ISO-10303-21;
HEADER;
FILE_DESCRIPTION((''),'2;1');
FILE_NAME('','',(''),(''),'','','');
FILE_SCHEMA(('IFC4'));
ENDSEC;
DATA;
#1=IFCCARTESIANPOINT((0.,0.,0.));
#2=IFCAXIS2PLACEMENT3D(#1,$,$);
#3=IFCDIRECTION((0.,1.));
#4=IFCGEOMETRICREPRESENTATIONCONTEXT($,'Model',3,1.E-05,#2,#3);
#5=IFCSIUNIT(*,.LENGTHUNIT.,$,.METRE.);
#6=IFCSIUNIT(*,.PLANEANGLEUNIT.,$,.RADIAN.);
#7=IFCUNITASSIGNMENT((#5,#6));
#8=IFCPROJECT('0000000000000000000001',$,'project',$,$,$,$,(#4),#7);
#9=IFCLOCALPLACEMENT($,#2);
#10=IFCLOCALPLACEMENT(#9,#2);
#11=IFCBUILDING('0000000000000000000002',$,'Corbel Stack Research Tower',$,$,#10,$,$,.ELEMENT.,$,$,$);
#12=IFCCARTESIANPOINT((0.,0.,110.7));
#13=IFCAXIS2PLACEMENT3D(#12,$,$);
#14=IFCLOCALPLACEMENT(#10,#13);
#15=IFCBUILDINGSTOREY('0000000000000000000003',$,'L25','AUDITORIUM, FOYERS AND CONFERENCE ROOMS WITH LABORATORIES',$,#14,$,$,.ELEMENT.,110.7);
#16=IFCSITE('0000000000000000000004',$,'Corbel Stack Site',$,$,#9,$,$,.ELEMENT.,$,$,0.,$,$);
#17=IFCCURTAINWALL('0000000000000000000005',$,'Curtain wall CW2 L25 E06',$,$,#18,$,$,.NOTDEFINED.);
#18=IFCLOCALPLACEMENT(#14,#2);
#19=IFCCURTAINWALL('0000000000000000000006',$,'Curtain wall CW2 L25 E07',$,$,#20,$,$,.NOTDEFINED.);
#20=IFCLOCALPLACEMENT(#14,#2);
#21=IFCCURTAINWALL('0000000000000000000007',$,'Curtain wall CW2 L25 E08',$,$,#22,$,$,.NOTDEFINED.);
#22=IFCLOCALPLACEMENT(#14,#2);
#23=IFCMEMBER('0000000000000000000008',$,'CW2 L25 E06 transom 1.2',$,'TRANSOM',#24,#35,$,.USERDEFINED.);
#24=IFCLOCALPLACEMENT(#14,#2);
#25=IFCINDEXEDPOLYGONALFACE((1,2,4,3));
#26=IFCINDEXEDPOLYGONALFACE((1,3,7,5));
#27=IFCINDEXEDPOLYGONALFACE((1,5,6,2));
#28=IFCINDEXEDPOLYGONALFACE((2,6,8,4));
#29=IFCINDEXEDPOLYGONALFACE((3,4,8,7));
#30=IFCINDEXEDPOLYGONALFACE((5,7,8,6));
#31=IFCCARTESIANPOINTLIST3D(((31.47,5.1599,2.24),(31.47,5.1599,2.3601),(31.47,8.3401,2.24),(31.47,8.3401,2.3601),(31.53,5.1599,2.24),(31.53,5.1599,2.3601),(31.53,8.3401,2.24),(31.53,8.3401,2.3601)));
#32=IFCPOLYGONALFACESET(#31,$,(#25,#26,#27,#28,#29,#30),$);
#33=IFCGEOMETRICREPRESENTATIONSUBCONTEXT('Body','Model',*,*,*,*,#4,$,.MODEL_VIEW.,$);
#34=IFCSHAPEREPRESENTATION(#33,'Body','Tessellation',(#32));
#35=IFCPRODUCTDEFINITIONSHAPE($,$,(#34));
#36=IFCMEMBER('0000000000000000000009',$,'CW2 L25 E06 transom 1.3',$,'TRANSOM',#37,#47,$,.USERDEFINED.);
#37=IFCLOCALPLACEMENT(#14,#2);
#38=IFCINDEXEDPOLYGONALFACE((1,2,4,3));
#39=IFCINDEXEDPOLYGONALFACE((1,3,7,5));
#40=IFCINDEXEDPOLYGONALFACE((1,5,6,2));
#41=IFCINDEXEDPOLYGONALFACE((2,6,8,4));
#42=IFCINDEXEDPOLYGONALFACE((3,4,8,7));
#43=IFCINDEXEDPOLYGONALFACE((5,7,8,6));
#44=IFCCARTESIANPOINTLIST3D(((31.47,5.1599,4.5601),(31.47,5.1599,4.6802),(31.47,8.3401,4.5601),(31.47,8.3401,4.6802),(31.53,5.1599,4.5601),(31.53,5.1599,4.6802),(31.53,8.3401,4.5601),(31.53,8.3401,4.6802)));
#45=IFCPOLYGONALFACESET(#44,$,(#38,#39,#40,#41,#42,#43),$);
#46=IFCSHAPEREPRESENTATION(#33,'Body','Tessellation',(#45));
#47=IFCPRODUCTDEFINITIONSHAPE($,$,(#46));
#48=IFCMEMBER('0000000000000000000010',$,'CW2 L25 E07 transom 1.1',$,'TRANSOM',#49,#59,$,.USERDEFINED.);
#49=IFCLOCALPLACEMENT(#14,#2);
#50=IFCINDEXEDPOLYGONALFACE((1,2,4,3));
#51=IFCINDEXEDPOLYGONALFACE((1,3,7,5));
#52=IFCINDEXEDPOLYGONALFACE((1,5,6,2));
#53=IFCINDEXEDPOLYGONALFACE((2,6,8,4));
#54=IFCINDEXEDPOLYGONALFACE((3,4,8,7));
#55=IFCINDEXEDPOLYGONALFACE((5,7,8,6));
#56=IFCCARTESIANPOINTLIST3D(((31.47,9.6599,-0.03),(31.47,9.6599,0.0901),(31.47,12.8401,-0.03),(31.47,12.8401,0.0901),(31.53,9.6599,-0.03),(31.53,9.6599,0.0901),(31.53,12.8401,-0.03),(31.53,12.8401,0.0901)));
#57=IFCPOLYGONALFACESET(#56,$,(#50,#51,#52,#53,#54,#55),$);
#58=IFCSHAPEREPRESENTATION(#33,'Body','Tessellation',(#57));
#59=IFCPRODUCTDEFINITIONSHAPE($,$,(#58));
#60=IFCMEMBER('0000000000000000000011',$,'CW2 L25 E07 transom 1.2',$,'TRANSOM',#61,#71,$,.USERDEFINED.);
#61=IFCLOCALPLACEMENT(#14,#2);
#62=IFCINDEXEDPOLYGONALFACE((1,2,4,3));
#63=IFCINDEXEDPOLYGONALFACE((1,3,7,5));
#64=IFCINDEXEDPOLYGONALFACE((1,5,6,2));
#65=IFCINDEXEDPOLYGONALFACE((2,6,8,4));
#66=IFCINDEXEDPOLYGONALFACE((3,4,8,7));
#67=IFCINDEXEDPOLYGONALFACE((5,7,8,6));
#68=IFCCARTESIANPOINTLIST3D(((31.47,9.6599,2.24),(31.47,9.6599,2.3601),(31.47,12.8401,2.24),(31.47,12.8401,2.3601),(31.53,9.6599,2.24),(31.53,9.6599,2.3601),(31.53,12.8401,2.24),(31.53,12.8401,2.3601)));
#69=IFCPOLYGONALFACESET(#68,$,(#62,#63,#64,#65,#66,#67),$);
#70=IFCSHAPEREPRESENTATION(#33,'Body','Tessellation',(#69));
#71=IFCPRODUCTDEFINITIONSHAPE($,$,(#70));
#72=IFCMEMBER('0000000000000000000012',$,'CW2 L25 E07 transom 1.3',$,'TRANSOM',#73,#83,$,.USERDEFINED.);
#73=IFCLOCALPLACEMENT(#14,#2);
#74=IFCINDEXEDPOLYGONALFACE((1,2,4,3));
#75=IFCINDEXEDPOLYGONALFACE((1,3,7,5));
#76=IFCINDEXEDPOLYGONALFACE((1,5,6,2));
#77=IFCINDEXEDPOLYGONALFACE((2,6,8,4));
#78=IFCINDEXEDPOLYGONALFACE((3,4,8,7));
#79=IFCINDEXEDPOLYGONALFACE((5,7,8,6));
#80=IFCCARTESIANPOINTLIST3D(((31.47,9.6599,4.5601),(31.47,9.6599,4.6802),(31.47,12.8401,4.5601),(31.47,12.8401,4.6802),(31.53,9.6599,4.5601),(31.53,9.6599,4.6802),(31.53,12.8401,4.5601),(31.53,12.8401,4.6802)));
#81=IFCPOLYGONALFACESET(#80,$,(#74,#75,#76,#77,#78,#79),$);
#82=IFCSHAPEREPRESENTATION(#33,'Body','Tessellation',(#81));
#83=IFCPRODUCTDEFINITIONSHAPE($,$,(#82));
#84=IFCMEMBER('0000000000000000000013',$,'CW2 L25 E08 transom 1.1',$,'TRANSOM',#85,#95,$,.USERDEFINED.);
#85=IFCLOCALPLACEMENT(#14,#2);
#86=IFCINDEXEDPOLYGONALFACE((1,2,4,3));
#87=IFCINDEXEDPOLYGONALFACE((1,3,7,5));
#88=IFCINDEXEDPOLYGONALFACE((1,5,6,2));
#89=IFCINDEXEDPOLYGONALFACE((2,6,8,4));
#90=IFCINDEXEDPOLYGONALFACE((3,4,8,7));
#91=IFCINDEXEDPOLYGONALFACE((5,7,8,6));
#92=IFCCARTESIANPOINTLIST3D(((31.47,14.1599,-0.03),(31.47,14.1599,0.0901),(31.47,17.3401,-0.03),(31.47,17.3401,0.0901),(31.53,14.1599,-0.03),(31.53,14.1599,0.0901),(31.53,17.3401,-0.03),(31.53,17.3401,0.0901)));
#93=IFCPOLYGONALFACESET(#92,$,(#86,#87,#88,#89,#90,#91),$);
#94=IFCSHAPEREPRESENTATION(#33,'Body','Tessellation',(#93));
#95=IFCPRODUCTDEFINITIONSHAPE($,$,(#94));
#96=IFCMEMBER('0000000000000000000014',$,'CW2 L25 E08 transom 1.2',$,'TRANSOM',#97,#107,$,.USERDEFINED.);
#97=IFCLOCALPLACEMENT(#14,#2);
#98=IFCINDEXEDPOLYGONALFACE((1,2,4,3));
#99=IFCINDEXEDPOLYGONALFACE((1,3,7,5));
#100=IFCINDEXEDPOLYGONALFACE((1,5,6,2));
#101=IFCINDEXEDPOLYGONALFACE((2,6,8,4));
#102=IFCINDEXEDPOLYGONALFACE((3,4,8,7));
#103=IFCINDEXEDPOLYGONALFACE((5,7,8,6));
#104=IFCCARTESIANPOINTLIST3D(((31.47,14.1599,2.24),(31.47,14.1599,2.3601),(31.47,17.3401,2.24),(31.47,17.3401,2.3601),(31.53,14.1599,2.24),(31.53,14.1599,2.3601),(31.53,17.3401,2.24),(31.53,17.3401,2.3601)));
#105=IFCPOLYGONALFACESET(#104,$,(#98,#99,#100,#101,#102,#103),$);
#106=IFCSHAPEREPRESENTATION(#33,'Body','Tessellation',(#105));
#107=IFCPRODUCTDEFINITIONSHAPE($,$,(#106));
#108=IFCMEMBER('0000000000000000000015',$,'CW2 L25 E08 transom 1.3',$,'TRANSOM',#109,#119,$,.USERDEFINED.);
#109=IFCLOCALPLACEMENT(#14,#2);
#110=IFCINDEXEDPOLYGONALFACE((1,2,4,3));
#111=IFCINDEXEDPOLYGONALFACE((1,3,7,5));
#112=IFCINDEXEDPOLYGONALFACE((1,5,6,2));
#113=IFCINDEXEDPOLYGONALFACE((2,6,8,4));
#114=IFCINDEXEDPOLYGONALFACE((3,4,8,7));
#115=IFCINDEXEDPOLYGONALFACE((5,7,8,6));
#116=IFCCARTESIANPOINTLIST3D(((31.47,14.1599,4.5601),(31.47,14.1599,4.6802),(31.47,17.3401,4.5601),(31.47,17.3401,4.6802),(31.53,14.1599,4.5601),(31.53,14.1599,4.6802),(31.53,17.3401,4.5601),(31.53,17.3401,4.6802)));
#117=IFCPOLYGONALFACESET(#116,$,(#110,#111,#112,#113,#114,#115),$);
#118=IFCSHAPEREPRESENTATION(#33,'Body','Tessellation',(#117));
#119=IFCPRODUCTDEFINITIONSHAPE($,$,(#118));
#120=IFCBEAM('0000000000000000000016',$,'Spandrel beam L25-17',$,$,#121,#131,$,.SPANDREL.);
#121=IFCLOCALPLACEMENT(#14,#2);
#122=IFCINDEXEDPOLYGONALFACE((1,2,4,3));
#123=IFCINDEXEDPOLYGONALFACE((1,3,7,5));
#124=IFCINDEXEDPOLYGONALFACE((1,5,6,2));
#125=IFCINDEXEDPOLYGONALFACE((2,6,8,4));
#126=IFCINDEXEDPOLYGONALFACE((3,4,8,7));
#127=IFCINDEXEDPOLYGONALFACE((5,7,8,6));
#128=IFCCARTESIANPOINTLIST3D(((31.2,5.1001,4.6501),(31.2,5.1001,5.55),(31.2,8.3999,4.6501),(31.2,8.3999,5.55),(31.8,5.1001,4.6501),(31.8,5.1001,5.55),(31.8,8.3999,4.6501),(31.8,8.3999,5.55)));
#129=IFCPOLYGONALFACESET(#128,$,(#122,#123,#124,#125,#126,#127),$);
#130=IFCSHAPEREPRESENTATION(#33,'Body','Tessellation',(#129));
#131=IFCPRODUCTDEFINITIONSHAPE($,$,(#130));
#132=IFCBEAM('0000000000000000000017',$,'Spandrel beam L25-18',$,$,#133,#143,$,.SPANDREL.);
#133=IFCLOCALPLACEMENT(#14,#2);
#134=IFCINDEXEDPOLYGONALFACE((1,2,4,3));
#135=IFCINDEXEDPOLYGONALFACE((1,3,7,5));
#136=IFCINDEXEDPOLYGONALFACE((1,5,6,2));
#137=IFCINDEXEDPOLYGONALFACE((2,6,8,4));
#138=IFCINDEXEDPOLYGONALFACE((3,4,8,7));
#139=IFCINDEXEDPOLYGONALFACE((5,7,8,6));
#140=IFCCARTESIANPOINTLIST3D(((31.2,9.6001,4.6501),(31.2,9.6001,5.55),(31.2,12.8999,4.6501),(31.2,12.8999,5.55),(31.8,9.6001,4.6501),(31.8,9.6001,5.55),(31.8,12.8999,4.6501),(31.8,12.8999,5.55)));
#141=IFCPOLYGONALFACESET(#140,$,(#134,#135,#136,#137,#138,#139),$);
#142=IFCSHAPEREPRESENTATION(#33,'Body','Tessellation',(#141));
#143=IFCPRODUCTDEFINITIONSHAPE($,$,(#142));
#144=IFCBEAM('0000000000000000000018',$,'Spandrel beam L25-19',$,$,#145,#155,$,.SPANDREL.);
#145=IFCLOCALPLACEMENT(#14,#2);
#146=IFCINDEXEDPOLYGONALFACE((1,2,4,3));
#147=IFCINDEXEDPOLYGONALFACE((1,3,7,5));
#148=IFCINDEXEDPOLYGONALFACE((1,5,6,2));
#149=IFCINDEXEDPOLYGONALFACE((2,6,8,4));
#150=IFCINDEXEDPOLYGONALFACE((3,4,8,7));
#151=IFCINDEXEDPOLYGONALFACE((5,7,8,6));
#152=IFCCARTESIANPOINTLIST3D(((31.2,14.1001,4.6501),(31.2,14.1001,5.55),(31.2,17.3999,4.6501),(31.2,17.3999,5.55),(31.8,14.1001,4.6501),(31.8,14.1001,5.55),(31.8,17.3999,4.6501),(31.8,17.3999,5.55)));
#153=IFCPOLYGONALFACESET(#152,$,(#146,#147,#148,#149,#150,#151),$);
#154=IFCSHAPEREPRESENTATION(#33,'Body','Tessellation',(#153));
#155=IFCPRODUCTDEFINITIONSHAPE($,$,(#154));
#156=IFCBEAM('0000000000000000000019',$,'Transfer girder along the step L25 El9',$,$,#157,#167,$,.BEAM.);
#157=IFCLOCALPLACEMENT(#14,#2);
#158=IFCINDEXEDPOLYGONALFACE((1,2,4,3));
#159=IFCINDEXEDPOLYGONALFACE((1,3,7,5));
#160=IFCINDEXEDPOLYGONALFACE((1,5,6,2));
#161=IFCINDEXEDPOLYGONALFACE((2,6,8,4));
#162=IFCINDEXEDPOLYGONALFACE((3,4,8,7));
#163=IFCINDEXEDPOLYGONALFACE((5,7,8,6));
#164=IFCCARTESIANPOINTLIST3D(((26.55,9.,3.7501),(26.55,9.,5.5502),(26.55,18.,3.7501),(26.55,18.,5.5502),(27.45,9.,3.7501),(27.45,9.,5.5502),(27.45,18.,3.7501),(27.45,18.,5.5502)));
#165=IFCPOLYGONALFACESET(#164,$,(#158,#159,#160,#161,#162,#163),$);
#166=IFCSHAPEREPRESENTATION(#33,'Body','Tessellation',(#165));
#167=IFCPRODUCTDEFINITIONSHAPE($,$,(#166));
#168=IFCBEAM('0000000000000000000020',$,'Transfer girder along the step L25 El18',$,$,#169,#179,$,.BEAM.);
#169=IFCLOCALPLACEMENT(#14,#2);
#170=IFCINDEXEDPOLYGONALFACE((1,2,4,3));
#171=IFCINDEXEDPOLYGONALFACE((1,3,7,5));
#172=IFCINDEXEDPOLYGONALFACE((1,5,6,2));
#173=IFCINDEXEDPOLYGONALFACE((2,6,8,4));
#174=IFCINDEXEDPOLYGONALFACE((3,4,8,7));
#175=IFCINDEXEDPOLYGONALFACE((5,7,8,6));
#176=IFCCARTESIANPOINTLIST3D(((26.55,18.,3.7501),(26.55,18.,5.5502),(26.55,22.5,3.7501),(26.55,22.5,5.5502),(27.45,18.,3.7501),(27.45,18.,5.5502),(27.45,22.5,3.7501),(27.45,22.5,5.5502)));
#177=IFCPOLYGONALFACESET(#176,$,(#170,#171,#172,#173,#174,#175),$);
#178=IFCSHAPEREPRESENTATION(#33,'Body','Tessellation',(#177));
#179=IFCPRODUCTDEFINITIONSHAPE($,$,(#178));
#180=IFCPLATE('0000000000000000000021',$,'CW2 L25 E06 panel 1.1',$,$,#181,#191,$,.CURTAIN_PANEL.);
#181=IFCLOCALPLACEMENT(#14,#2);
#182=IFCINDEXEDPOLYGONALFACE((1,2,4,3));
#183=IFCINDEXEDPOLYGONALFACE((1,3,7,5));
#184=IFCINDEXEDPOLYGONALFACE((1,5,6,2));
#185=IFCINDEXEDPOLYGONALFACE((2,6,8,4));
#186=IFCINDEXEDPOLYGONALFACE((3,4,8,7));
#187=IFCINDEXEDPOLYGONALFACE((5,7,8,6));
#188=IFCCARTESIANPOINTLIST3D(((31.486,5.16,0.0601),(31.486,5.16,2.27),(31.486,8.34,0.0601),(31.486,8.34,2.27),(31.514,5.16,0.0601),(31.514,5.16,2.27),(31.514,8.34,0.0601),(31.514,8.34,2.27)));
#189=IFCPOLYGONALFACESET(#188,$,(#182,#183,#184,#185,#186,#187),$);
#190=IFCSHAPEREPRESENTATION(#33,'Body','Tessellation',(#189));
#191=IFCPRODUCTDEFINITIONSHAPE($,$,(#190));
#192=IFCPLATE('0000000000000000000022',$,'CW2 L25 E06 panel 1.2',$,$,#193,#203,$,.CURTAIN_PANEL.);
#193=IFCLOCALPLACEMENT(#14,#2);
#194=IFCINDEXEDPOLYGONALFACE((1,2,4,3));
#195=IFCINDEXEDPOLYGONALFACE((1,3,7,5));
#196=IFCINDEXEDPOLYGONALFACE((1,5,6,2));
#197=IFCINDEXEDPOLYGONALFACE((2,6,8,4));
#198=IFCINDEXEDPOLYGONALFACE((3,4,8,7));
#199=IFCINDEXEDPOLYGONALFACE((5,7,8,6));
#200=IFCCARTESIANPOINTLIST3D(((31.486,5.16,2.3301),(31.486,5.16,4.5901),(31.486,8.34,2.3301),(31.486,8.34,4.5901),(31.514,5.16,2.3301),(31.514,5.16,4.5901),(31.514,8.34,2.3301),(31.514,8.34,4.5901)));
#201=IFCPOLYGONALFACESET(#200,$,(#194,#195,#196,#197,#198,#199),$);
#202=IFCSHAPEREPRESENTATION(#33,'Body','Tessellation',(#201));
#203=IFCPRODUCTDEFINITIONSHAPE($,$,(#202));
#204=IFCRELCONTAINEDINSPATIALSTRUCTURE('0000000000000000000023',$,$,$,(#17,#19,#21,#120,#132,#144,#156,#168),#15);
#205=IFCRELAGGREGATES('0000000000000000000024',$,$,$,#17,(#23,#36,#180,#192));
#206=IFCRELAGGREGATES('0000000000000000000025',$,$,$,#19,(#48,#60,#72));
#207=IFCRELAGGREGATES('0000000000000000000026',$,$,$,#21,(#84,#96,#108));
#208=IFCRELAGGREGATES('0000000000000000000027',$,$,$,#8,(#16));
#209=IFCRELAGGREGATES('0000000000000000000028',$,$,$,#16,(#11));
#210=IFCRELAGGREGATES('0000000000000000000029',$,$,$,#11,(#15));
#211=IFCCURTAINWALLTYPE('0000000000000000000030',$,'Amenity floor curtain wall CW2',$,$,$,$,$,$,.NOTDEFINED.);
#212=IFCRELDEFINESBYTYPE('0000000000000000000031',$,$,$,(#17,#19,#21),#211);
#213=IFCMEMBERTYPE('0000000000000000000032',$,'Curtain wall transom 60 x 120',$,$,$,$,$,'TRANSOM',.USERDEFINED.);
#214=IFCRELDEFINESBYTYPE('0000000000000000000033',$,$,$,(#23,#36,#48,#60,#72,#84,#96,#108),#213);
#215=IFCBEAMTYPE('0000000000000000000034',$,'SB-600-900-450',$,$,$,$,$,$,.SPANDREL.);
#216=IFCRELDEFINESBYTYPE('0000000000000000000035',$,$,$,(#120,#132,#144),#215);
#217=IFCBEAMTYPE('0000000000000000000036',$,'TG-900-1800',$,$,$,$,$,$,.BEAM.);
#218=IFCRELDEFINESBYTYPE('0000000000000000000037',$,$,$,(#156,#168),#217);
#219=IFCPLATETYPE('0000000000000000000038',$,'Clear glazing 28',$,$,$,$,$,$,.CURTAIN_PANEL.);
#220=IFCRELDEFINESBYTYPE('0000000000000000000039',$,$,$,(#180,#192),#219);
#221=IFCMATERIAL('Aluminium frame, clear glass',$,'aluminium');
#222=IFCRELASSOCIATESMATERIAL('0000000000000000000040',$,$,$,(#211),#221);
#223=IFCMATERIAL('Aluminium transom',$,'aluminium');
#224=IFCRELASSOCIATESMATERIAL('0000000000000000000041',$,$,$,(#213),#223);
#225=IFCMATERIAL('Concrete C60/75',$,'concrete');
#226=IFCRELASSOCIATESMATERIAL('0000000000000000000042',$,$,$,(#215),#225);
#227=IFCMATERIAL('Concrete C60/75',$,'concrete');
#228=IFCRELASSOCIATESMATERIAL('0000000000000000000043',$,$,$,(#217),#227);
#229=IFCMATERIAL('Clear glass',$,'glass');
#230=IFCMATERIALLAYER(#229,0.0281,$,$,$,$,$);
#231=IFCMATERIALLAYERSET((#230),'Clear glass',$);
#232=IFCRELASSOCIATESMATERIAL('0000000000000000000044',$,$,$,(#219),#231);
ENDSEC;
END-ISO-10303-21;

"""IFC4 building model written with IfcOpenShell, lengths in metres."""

from ifc_helpers import new_model, si_unit, direction, frame, origin, origin_2d, place, context, subcontext, project, spatial, rectangle, extrude, material, layer, layer_set, material_profile, profile_set, type_object, element, aggregate, save


model = new_model("IFC4")

# Units and contexts
model_context = context("Model", 3, precision=1e-05, world=origin(), true_north=direction((0.0, 1.0)))
body_context = subcontext(model_context, "Body", "Model", "MODEL_VIEW")
ifc_project = project(units=[si_unit("LENGTHUNIT", "METRE"), si_unit("PLANEANGLEUNIT", "RADIAN")], contexts=[model_context])

# Site, building, storey
site_placement = place(None, origin())
site = spatial("IfcSite", under=ifc_project, at=site_placement, Name="Corbel Stack Site", CompositionType="ELEMENT", RefElevation=0.0)
building_placement = place(site_placement, origin())
building = spatial("IfcBuilding", under=site, at=building_placement, Name="Corbel Stack Research Tower", CompositionType="ELEMENT")
storey_placement = place(building_placement, frame((0.0, 0.0, 110.7)))
storey = spatial("IfcBuildingStorey", under=building, at=storey_placement, Name="L25", Description="AUDITORIUM, FOYERS AND CONFERENCE ROOMS WITH LABORATORIES", CompositionType="ELEMENT", Elevation=110.7)

# Shared definitions
ifc_material_1 = material(Name="Aluminium frame, clear glass", Category="aluminium")
curtain_wall_type = type_object("IfcCurtainWallType", Name="Amenity floor curtain wall CW2", PredefinedType="NOTDEFINED", material=ifc_material_1)

# Curtain walls
curtain_wall_1_placement = place(storey_placement, origin())
curtain_wall_1 = element("IfcCurtainWall", 1, at=curtain_wall_1_placement, inside=storey, type_object=curtain_wall_type, Name="Curtain wall CW2 L25 E06", PredefinedType="NOTDEFINED")
curtain_wall_2_placement = place(storey_placement, origin())
curtain_wall_2 = element("IfcCurtainWall", 2, at=curtain_wall_2_placement, inside=storey, type_object=curtain_wall_type, Name="Curtain wall CW2 L25 E07", PredefinedType="NOTDEFINED")
curtain_wall_3_placement = place(storey_placement, origin())
curtain_wall_3 = element("IfcCurtainWall", 3, at=curtain_wall_3_placement, inside=storey, type_object=curtain_wall_type, Name="Curtain wall CW2 L25 E08", PredefinedType="NOTDEFINED")

# Members
ifc_material_2 = material(Name="Aluminium transom", Category="aluminium")
ifc_material_profile_1 = material_profile(ifc_material_2, rectangle(XDim=0.0601, YDim=0.1201, at=origin_2d()), Name="Transom 60 x 120")
ifc_profile_set_1 = profile_set([ifc_material_profile_1], Name="Aluminium transom")
member_type_1 = type_object("IfcMemberType", Name="Curtain wall transom 60 x 120", ElementType="TRANSOM", PredefinedType="USERDEFINED", material=ifc_profile_set_1)
member_1_placement = place(storey_placement, frame((31.5, 5.1599, 2.3), z_axis=(0.0, 1.0, 0.0), x_axis=(-1.0, 0.0, 0.0)))
member_1 = element("IfcMember", 4, at=member_1_placement, type_object=member_type_1, Name="CW2 L25 E06 transom 1.2", ObjectType="TRANSOM", PredefinedType="USERDEFINED", context=body_context, shape_type="SweptSolid", body=[
    extrude(rectangle(XDim=0.0601, YDim=0.1201, at=origin_2d()), origin(), (0.0, 0.0, 1.0), 3.1802),
])
member_2_placement = place(storey_placement, frame((31.5, 5.1599, 4.6201), z_axis=(0.0, 1.0, 0.0), x_axis=(-1.0, 0.0, 0.0)))
member_2 = element("IfcMember", 5, at=member_2_placement, type_object=member_type_1, Name="CW2 L25 E06 transom 1.3", ObjectType="TRANSOM", PredefinedType="USERDEFINED", context=body_context, shape_type="SweptSolid", body=[
    extrude(rectangle(XDim=0.0601, YDim=0.1201, at=origin_2d()), origin(), (0.0, 0.0, 1.0), 3.1802),
])
member_3_placement = place(storey_placement, frame((31.5, 9.6599, 0.03), z_axis=(0.0, 1.0, 0.0), x_axis=(-1.0, 0.0, 0.0)))
member_3 = element("IfcMember", 6, at=member_3_placement, type_object=member_type_1, Name="CW2 L25 E07 transom 1.1", ObjectType="TRANSOM", PredefinedType="USERDEFINED", context=body_context, shape_type="SweptSolid", body=[
    extrude(rectangle(XDim=0.0601, YDim=0.1201, at=origin_2d()), origin(), (0.0, 0.0, 1.0), 3.1802),
])
member_4_placement = place(storey_placement, frame((31.5, 9.6599, 2.3), z_axis=(0.0, 1.0, 0.0), x_axis=(-1.0, 0.0, 0.0)))
member_4 = element("IfcMember", 7, at=member_4_placement, type_object=member_type_1, Name="CW2 L25 E07 transom 1.2", ObjectType="TRANSOM", PredefinedType="USERDEFINED", context=body_context, shape_type="SweptSolid", body=[
    extrude(rectangle(XDim=0.0601, YDim=0.1201, at=origin_2d()), origin(), (0.0, 0.0, 1.0), 3.1802),
])
member_5_placement = place(storey_placement, frame((31.5, 9.6599, 4.6201), z_axis=(0.0, 1.0, 0.0), x_axis=(-1.0, 0.0, 0.0)))
member_5 = element("IfcMember", 8, at=member_5_placement, type_object=member_type_1, Name="CW2 L25 E07 transom 1.3", ObjectType="TRANSOM", PredefinedType="USERDEFINED", context=body_context, shape_type="SweptSolid", body=[
    extrude(rectangle(XDim=0.0601, YDim=0.1201, at=origin_2d()), origin(), (0.0, 0.0, 1.0), 3.1802),
])
member_6_placement = place(storey_placement, frame((31.5, 14.1599, 0.03), z_axis=(0.0, 1.0, 0.0), x_axis=(-1.0, 0.0, 0.0)))
member_6 = element("IfcMember", 9, at=member_6_placement, type_object=member_type_1, Name="CW2 L25 E08 transom 1.1", ObjectType="TRANSOM", PredefinedType="USERDEFINED", context=body_context, shape_type="SweptSolid", body=[
    extrude(rectangle(XDim=0.0601, YDim=0.1201, at=origin_2d()), origin(), (0.0, 0.0, 1.0), 3.1802),
])
member_7_placement = place(storey_placement, frame((31.5, 14.1599, 2.3), z_axis=(0.0, 1.0, 0.0), x_axis=(-1.0, 0.0, 0.0)))
member_7 = element("IfcMember", 10, at=member_7_placement, type_object=member_type_1, Name="CW2 L25 E08 transom 1.2", ObjectType="TRANSOM", PredefinedType="USERDEFINED", context=body_context, shape_type="SweptSolid", body=[
    extrude(rectangle(XDim=0.0601, YDim=0.1201, at=origin_2d()), origin(), (0.0, 0.0, 1.0), 3.1802),
])
member_8_placement = place(storey_placement, frame((31.5, 14.1599, 4.6201), z_axis=(0.0, 1.0, 0.0), x_axis=(-1.0, 0.0, 0.0)))
member_8 = element("IfcMember", 11, at=member_8_placement, type_object=member_type_1, Name="CW2 L25 E08 transom 1.3", ObjectType="TRANSOM", PredefinedType="USERDEFINED", context=body_context, shape_type="SweptSolid", body=[
    extrude(rectangle(XDim=0.0601, YDim=0.1201, at=origin_2d()), origin(), (0.0, 0.0, 1.0), 3.1802),
])

# Beams
ifc_material_3 = material(Name="Concrete C60/75", Category="concrete")
ifc_material_profile_2 = material_profile(ifc_material_3, rectangle(XDim=0.6001, YDim=0.8999, at=origin_2d()), Name="RC 600 x 900")
ifc_profile_set_2 = profile_set([ifc_material_profile_2], Name="Concrete C60/75")
beam_type_1 = type_object("IfcBeamType", Name="SB-600-900-450", PredefinedType="SPANDREL", material=ifc_profile_set_2)
for number, where, z_axis, x_axis, name in (
    (12, (31.5, 5.1001, 5.1001), (0.0, 1.0, 0.0), (-1.0, 0.0, 0.0), "Spandrel beam L25-17"),
    (13, (31.5, 9.6001, 5.1001), (0.0, 1.0, 0.0), (-1.0, 0.0, 0.0), "Spandrel beam L25-18"),
    (14, (31.5, 14.1001, 5.1001), (0.0, 1.0, 0.0), (-1.0, 0.0, 0.0), "Spandrel beam L25-19"),
):
    element("IfcBeam", number, at=place(storey_placement, frame(where, z_axis=z_axis, x_axis=x_axis)), inside=storey, type_object=beam_type_1, Name=name, PredefinedType="SPANDREL", context=body_context, shape_type="SweptSolid", body=[
        extrude(rectangle(XDim=0.6001, YDim=0.8999, at=origin_2d()), origin(), (0.0, 0.0, 1.0), 3.2998),
    ])
ifc_material_4 = material(Name="Concrete C60/75", Category="concrete")
ifc_material_profile_3 = material_profile(ifc_material_4, rectangle(XDim=0.8999, YDim=1.8, at=origin_2d()), Name="RC 900 x 1800")
ifc_profile_set_3 = profile_set([ifc_material_profile_3], Name="Concrete C60/75")
beam_type_2 = type_object("IfcBeamType", Name="TG-900-1800", PredefinedType="BEAM", material=ifc_profile_set_3)
beam_1_placement = place(storey_placement, frame((27.0, 9.0, 4.6501), z_axis=(0.0, 1.0, 0.0), x_axis=(-1.0, 0.0, 0.0)))
element("IfcBeam", 15, at=beam_1_placement, inside=storey, type_object=beam_type_2, Name="Transfer girder along the step L25 El9", PredefinedType="BEAM", context=body_context, shape_type="SweptSolid", body=[
    extrude(rectangle(XDim=0.8999, YDim=1.8, at=origin_2d()), origin(), (0.0, 0.0, 1.0), 9.0),
])
beam_2_placement = place(storey_placement, frame((27.0, 18.0, 4.6501), z_axis=(0.0, 1.0, 0.0), x_axis=(-1.0, 0.0, 0.0)))
element("IfcBeam", 16, at=beam_2_placement, inside=storey, type_object=beam_type_2, Name="Transfer girder along the step L25 El18", PredefinedType="BEAM", context=body_context, shape_type="SweptSolid", body=[
    extrude(rectangle(XDim=0.8999, YDim=1.8, at=origin_2d()), origin(), (0.0, 0.0, 1.0), 4.5),
])

# Plates
ifc_material_5 = material(Name="Clear glass", Category="glass")
ifc_layer_1 = layer(ifc_material_5, 0.0281)
ifc_layer_set_1 = layer_set([ifc_layer_1], Name="Clear glass")
plate_type = type_object("IfcPlateType", Name="Clear glazing 28", PredefinedType="CURTAIN_PANEL", material=ifc_layer_set_1)
plate_1_placement = place(storey_placement, frame((31.5, 6.75, 0.0601), z_axis=(0.0, 0.0, 1.0), x_axis=(0.0, 1.0, 0.0)))
plate_1 = element("IfcPlate", 17, at=plate_1_placement, type_object=plate_type, Name="CW2 L25 E06 panel 1.1", PredefinedType="CURTAIN_PANEL", context=body_context, shape_type="SweptSolid", body=[
    extrude(rectangle(XDim=3.1799, YDim=0.0281, at=origin_2d()), origin(), (0.0, 0.0, 1.0), 2.21),
])
plate_2_placement = place(storey_placement, frame((31.5, 6.75, 2.3301), z_axis=(0.0, 0.0, 1.0), x_axis=(0.0, 1.0, 0.0)))
plate_2 = element("IfcPlate", 18, at=plate_2_placement, type_object=plate_type, Name="CW2 L25 E06 panel 1.2", PredefinedType="CURTAIN_PANEL", context=body_context, shape_type="SweptSolid", body=[
    extrude(rectangle(XDim=3.1799, YDim=0.0281, at=origin_2d()), origin(), (0.0, 0.0, 1.0), 2.26),
])
aggregate(curtain_wall_1, [member_1, member_2, plate_1, plate_2])
aggregate(curtain_wall_2, [member_3, member_4, member_5])
aggregate(curtain_wall_3, [member_6, member_7, member_8])

save(model, "model.ifc")
